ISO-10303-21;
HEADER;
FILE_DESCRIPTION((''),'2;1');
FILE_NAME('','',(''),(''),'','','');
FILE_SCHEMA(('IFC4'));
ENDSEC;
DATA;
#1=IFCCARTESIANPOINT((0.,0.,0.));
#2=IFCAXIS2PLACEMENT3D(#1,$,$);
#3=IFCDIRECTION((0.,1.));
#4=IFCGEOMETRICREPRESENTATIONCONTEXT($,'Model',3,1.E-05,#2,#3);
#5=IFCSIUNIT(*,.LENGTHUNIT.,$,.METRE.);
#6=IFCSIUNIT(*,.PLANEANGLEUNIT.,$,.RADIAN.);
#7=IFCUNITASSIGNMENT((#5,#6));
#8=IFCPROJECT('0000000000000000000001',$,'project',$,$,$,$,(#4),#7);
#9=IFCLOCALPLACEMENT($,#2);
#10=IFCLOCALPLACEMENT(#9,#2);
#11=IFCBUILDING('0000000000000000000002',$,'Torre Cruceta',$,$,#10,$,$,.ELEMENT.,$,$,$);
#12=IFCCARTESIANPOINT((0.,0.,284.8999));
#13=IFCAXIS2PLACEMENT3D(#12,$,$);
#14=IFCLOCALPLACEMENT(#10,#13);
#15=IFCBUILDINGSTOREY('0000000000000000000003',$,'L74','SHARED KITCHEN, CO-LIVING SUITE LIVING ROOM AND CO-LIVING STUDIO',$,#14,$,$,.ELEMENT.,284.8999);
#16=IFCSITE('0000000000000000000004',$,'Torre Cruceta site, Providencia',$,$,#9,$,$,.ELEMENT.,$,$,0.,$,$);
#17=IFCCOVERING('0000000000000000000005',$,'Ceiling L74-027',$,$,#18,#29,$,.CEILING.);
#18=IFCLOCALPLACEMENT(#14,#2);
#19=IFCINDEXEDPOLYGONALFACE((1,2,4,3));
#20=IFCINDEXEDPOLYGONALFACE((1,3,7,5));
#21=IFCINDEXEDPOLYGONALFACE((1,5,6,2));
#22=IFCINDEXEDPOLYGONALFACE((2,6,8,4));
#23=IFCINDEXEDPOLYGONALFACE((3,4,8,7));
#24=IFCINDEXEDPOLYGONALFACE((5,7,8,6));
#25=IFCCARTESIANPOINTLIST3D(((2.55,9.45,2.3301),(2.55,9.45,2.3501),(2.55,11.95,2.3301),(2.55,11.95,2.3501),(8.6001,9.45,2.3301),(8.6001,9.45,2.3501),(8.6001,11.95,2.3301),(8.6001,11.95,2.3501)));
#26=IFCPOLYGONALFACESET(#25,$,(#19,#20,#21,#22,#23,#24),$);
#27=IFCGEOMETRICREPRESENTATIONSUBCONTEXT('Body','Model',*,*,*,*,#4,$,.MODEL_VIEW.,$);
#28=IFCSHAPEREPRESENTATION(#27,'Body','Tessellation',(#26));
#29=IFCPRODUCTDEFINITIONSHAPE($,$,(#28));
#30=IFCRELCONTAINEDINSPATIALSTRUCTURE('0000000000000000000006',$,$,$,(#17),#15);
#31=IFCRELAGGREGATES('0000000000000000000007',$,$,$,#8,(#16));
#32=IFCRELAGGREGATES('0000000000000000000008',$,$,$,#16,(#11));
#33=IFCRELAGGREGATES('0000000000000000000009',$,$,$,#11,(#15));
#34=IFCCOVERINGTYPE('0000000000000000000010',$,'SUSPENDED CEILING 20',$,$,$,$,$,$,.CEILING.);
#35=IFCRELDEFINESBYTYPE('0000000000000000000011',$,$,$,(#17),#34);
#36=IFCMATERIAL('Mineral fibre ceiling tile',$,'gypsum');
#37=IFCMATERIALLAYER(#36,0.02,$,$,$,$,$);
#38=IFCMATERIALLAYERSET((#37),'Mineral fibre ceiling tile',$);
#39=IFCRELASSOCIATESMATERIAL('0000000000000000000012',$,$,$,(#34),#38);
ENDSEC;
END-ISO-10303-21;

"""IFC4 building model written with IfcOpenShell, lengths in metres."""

from ifc_helpers import new_model, si_unit, direction, frame, origin, place, context, subcontext, project, spatial, polyline, outline, extrude, material, layer, layer_set, type_object, element, save


model = new_model("IFC4")

# Units and contexts
model_context = context("Model", 3, precision=1e-05, world=origin(), true_north=direction((0.0, 1.0)))
body_context = subcontext(model_context, "Body", "Model", "MODEL_VIEW")
ifc_project = project(units=[si_unit("LENGTHUNIT", "METRE"), si_unit("PLANEANGLEUNIT", "RADIAN")], contexts=[model_context])

# Site, building, storey
site_placement = place(None, origin())
site = spatial("IfcSite", under=ifc_project, at=site_placement, Name="Torre Cruceta site, Providencia", CompositionType="ELEMENT", RefElevation=0.0)
building_placement = place(site_placement, origin())
building = spatial("IfcBuilding", under=site, at=building_placement, Name="Torre Cruceta", CompositionType="ELEMENT")
storey_placement = place(building_placement, frame((0.0, 0.0, 284.8999)))
storey = spatial("IfcBuildingStorey", under=building, at=storey_placement, Name="L74", Description="SHARED KITCHEN, CO-LIVING SUITE LIVING ROOM AND CO-LIVING STUDIO", CompositionType="ELEMENT", Elevation=284.8999)

# Covering
ifc_material_1 = material(Name="Mineral fibre ceiling tile", Category="gypsum")
ifc_layer_1 = layer(ifc_material_1, 0.02)
ifc_layer_set_1 = layer_set([ifc_layer_1], Name="Mineral fibre ceiling tile")
covering_type = type_object("IfcCoveringType", Name="SUSPENDED CEILING 20", PredefinedType="CEILING", material=ifc_layer_set_1)
covering_1_placement = place(storey_placement, frame((0.0, 0.0, 2.3301)))
element("IfcCovering", 1, at=covering_1_placement, inside=storey, type_object=covering_type, Name="Ceiling L74-027", PredefinedType="CEILING", context=body_context, shape_type="SweptSolid", body=[
    extrude(outline(polyline([(8.6001, 9.45), (2.55, 9.45), (2.55, 11.95), (8.6001, 11.95), (8.6001, 9.45)])), origin(), (0.0, 0.0, 1.0), 0.02),
])

save(model, "model.ifc")
